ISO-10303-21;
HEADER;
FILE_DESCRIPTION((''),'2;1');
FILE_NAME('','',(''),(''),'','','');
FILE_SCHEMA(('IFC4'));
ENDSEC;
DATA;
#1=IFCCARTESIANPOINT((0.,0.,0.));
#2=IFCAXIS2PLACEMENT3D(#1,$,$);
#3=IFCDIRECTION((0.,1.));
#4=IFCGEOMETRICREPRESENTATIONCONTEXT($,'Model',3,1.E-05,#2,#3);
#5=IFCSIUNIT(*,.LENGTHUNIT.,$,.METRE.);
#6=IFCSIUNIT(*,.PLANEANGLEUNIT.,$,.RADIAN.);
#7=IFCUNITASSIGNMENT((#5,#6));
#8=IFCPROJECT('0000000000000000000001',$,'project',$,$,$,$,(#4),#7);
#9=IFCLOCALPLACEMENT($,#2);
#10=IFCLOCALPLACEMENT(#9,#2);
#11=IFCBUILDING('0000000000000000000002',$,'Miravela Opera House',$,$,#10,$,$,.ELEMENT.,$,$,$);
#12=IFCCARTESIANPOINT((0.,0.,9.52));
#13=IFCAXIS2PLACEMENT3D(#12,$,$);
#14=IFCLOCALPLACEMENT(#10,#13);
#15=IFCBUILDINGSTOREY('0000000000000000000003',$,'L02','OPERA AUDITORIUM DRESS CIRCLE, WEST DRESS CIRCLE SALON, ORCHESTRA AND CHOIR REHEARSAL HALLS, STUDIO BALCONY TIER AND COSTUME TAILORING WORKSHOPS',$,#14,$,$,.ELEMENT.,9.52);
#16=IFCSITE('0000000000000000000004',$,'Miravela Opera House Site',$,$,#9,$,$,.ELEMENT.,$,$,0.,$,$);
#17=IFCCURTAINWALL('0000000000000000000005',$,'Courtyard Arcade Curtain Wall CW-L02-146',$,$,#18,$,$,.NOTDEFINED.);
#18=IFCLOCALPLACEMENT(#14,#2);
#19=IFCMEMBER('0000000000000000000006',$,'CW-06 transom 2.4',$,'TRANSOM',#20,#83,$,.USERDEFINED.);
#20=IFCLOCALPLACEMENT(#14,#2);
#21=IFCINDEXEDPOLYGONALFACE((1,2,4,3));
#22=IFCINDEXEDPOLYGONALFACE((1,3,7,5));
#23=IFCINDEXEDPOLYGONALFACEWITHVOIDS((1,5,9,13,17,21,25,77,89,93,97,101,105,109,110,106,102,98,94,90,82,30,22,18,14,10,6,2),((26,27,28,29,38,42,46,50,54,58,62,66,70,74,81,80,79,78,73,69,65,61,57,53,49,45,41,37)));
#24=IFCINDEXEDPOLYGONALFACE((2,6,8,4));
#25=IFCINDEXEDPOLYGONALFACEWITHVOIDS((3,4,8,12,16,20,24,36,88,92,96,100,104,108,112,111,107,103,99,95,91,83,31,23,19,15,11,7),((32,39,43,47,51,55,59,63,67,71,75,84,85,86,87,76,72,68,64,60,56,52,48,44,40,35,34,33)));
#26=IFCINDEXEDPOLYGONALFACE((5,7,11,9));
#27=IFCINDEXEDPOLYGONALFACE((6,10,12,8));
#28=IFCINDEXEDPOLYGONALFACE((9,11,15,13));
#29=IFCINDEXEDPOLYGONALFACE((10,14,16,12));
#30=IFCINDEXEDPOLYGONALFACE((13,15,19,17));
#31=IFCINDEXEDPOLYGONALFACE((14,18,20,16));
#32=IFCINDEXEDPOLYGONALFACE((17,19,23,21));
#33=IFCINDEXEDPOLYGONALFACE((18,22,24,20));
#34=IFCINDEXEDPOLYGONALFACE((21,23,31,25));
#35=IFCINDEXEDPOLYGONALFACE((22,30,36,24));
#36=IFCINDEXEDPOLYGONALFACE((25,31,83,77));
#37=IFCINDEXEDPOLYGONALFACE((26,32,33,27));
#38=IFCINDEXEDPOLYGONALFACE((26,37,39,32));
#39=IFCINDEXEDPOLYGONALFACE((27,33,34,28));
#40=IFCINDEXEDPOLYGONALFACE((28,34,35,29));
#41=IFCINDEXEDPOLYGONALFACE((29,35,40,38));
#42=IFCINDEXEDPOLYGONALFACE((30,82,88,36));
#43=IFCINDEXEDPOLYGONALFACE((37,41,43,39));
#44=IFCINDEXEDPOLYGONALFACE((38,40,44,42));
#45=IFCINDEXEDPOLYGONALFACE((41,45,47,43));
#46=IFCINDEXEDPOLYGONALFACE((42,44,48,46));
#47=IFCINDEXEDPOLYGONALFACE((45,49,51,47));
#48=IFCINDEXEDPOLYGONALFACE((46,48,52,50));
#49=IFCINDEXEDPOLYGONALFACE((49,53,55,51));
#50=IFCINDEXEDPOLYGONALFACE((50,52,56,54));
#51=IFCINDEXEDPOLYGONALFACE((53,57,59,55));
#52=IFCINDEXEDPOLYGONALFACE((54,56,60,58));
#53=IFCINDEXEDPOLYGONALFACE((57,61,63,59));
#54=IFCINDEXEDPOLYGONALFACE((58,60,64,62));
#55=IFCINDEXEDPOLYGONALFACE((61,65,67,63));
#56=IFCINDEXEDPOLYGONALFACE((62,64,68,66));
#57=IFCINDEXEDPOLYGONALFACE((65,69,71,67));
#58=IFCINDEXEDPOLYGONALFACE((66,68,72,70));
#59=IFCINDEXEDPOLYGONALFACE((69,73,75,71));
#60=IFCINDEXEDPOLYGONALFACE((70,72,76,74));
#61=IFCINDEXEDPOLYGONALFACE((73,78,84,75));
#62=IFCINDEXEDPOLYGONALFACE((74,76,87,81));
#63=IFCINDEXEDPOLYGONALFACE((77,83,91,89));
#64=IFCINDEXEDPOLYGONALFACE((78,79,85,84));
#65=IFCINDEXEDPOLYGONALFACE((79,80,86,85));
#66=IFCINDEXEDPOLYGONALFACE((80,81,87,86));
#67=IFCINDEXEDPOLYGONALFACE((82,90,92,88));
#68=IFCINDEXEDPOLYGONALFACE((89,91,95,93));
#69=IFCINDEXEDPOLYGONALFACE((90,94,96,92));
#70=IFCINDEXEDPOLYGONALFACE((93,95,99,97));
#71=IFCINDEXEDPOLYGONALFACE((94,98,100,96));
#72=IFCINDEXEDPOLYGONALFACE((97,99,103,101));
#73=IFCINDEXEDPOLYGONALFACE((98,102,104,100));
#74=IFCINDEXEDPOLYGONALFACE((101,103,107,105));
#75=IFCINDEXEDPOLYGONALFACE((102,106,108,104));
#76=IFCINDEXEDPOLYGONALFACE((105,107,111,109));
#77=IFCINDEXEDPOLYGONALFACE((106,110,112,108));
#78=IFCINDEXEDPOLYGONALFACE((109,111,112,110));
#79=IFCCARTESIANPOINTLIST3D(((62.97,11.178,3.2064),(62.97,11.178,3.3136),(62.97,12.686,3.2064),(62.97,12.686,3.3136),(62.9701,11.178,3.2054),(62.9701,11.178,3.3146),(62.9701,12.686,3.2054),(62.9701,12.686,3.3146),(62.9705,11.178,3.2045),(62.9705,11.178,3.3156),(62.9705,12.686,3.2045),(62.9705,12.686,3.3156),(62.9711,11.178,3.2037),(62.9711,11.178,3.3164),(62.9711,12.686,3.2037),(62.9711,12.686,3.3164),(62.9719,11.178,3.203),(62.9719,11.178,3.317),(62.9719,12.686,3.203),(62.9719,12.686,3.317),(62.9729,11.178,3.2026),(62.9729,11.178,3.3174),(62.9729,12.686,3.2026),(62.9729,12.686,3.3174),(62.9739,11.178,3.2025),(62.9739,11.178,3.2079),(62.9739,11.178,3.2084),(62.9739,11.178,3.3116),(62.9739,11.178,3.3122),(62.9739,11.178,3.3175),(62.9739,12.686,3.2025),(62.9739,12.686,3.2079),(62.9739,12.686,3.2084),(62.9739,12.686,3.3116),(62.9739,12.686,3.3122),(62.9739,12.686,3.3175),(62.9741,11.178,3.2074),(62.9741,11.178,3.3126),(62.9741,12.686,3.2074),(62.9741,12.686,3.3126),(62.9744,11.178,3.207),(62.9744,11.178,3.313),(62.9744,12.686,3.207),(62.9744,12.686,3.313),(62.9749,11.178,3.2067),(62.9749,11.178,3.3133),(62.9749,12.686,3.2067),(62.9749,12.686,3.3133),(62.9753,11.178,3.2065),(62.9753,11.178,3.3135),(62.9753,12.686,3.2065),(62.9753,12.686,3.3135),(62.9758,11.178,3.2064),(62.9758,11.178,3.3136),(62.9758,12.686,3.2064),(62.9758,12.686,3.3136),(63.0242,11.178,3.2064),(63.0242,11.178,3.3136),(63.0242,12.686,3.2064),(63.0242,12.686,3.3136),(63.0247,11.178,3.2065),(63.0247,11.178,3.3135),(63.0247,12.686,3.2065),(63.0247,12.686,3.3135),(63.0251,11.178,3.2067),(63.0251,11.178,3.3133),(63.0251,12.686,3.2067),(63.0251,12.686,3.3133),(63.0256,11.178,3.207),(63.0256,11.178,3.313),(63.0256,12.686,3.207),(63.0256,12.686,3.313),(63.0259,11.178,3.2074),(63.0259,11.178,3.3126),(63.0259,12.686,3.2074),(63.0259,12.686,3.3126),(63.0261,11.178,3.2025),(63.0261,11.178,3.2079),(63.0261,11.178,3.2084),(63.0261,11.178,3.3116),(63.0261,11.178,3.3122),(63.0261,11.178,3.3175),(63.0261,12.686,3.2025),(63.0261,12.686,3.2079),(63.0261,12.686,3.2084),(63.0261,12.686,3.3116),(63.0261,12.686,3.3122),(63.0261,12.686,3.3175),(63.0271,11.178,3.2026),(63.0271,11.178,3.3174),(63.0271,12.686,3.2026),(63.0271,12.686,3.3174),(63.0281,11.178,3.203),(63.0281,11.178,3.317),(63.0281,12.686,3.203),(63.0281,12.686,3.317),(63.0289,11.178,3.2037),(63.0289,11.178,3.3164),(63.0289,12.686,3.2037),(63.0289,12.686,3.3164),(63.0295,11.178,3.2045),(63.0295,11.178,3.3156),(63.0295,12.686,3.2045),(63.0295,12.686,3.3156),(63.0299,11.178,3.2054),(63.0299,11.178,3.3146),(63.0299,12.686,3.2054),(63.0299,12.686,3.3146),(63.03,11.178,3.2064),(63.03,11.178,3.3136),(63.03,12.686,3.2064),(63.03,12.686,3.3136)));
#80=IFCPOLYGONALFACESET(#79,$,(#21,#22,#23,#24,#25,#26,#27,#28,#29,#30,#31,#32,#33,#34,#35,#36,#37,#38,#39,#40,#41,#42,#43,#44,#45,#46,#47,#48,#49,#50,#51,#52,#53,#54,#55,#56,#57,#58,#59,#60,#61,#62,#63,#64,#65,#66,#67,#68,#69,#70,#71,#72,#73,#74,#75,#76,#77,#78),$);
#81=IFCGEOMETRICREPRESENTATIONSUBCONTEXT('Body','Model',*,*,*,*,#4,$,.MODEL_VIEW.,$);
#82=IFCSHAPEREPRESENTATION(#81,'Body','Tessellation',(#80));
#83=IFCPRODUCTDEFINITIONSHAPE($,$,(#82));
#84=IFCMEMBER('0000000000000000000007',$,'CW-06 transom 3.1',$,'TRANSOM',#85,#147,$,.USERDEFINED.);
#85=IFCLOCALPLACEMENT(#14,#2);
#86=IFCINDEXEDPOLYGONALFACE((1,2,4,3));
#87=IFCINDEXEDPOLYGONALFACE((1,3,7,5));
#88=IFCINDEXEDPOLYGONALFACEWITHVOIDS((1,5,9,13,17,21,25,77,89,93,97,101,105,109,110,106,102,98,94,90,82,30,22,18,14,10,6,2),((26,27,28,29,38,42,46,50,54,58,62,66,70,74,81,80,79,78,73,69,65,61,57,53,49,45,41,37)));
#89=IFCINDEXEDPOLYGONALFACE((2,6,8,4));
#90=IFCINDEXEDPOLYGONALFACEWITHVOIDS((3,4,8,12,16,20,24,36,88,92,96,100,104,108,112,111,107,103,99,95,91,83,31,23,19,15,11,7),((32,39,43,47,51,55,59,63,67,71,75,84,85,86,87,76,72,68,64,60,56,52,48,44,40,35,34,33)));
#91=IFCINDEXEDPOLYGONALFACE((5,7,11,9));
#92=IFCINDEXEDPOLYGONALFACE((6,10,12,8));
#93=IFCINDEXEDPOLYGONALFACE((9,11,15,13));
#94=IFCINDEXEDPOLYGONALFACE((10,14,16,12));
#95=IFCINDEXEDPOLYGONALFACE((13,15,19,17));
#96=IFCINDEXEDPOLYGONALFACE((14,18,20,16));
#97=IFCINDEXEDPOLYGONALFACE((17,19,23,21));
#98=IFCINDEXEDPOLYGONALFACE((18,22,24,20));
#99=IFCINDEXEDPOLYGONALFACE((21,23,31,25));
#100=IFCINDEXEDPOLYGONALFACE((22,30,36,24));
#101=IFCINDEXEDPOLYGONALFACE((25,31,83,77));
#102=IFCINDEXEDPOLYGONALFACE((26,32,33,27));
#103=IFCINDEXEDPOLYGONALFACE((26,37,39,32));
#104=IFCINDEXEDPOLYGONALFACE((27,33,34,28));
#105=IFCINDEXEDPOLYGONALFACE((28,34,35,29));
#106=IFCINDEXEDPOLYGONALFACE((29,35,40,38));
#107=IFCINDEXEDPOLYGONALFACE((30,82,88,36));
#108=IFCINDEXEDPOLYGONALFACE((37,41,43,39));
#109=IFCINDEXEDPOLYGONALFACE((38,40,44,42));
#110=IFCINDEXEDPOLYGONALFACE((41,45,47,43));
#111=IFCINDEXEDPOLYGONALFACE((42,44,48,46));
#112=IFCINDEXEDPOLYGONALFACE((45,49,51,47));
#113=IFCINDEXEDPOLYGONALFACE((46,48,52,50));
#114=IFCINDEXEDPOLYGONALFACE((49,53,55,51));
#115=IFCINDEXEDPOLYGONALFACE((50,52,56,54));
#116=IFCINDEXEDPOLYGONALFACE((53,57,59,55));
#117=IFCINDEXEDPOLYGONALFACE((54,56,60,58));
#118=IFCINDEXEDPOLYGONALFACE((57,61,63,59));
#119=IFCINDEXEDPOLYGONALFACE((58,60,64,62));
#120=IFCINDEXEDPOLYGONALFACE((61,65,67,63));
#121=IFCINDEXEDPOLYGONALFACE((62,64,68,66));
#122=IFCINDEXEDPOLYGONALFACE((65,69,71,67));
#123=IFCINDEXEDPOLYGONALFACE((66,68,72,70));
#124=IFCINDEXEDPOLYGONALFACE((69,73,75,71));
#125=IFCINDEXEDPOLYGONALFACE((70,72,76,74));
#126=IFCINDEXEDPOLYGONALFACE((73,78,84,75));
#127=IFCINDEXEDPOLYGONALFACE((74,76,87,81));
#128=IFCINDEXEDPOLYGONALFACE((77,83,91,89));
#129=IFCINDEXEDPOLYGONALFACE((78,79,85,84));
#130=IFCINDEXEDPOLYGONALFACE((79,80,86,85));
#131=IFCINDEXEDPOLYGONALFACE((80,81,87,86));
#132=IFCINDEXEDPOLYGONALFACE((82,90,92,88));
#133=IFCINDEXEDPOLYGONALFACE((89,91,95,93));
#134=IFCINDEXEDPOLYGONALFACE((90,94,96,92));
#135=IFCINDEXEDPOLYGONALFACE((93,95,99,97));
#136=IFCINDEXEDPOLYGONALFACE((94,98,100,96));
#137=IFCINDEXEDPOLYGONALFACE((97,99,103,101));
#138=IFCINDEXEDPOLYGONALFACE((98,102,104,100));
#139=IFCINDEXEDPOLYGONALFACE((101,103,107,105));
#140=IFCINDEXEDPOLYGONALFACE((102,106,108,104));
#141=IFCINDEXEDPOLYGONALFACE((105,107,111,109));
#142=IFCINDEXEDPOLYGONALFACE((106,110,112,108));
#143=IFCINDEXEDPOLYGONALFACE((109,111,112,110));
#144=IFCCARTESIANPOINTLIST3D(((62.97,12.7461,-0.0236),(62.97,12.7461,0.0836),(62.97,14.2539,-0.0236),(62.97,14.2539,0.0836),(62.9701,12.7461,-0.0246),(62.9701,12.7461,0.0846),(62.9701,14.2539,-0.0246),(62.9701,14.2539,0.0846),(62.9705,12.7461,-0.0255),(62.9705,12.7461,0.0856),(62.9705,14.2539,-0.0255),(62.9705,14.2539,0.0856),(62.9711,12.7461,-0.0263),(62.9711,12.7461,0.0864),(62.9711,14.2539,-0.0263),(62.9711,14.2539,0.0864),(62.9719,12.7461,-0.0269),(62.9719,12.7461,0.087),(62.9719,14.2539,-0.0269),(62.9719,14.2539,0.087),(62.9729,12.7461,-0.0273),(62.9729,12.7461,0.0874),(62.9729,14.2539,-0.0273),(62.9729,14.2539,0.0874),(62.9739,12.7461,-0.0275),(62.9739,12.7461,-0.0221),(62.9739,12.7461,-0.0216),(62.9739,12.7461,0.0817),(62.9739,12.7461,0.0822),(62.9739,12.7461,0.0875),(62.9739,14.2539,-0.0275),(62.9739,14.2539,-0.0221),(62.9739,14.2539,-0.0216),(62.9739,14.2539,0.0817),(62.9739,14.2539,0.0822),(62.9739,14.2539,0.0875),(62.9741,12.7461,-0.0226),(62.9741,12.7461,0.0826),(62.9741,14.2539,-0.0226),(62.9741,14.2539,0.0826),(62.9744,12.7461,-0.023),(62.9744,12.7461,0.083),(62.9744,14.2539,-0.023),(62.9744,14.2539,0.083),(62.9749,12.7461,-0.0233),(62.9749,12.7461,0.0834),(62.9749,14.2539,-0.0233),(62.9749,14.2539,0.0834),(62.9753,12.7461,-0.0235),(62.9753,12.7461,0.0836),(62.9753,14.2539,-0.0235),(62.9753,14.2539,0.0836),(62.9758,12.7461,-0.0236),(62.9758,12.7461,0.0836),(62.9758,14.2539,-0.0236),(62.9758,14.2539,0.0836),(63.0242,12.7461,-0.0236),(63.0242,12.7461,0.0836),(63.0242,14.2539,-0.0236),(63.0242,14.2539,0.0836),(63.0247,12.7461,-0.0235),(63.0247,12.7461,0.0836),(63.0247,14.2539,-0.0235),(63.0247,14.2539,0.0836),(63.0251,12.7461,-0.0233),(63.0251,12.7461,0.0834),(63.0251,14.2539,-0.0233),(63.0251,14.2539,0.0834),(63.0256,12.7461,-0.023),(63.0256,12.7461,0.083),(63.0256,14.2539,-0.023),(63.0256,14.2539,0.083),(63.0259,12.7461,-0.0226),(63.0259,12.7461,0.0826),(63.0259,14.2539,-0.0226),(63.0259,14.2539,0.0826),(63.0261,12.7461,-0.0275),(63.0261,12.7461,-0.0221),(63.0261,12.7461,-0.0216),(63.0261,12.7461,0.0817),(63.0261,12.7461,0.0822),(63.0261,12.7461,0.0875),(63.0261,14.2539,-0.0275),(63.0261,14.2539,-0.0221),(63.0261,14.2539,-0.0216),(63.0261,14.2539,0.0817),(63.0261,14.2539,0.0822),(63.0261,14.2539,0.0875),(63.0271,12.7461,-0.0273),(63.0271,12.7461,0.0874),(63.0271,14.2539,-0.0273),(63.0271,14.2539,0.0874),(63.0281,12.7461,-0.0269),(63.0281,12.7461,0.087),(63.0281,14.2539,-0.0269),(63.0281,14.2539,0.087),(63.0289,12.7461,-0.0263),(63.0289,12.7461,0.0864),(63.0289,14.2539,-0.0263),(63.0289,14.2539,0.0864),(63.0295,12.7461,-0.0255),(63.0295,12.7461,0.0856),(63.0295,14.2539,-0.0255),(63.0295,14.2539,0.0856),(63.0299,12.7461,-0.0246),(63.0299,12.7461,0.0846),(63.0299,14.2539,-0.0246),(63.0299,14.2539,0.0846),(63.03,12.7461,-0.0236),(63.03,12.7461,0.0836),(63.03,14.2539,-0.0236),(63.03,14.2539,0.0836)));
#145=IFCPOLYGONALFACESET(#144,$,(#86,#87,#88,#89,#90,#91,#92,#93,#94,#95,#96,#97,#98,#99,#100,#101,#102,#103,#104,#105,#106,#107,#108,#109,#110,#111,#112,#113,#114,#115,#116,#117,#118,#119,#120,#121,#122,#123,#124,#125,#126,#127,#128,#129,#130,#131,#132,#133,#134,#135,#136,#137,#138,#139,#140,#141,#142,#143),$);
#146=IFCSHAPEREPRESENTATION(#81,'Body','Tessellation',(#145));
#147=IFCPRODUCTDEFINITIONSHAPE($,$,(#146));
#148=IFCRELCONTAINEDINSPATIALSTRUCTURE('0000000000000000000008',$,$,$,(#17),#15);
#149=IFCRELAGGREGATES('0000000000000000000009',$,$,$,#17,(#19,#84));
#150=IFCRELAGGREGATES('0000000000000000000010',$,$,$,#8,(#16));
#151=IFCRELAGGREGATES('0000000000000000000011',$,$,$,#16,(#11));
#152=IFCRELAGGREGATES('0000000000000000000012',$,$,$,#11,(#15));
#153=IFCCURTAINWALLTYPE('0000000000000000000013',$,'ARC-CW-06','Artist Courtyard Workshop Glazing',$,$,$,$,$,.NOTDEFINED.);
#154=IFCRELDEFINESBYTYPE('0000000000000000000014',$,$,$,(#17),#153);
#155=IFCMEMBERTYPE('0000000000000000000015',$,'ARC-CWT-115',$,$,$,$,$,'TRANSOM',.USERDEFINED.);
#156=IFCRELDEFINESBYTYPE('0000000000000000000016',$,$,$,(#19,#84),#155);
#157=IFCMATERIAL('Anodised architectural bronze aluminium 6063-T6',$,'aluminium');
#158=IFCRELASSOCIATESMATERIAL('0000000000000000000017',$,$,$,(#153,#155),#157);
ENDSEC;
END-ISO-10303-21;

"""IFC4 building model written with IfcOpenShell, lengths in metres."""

from ifc_helpers import new_model, si_unit, direction, frame, origin, origin_2d, place, context, subcontext, project, spatial, hollow_rectangle, extrude, material, material_profile, profile_set, type_object, element, aggregate, save


model = new_model("IFC4")

# Units and contexts
model_context = context("Model", 3, precision=1e-05, world=origin(), true_north=direction((0.0, 1.0)))
body_context = subcontext(model_context, "Body", "Model", "MODEL_VIEW")
ifc_project = project(units=[si_unit("LENGTHUNIT", "METRE"), si_unit("PLANEANGLEUNIT", "RADIAN")], contexts=[model_context])

# Site, building, storey
site_placement = place(None, origin())
site = spatial("IfcSite", under=ifc_project, at=site_placement, Name="Miravela Opera House Site", CompositionType="ELEMENT", RefElevation=0.0)
building_placement = place(site_placement, origin())
building = spatial("IfcBuilding", under=site, at=building_placement, Name="Miravela Opera House", CompositionType="ELEMENT")
storey_placement = place(building_placement, frame((0.0, 0.0, 9.52)))
storey = spatial("IfcBuildingStorey", under=building, at=storey_placement, Name="L02", Description="OPERA AUDITORIUM DRESS CIRCLE, WEST DRESS CIRCLE SALON, ORCHESTRA AND CHOIR REHEARSAL HALLS, STUDIO BALCONY TIER AND COSTUME TAILORING WORKSHOPS", CompositionType="ELEMENT", Elevation=9.52)

# Curtain wall, members
ifc_material_1 = material(Name="Anodised architectural bronze aluminium 6063-T6", Category="aluminium")
curtain_wall_type = type_object("IfcCurtainWallType", Name="ARC-CW-06", Description="Artist Courtyard Workshop Glazing", PredefinedType="NOTDEFINED", material=ifc_material_1)
curtain_wall_placement = place(storey_placement, origin())
curtain_wall = element("IfcCurtainWall", 1, at=curtain_wall_placement, inside=storey, type_object=curtain_wall_type, Name="Courtyard Arcade Curtain Wall CW-L02-146", PredefinedType="NOTDEFINED")
ifc_material_profile_1 = material_profile(ifc_material_1, hollow_rectangle(XDim=0.0601, YDim=0.115, WallThickness=0.0039, InnerFilletRadius=0.002, OuterFilletRadius=0.0039, at=origin_2d()), Name="CWT-60X115")
ifc_profile_set_1 = profile_set([ifc_material_profile_1])
member_type_1 = type_object("IfcMemberType", Name="ARC-CWT-115", ElementType="TRANSOM", PredefinedType="USERDEFINED", material=ifc_profile_set_1)
member_1_placement = place(storey_placement, frame((63.0, 11.178, 3.26), z_axis=(0.0, 1.0, 0.0), x_axis=(-1.0, 0.0, 0.0)))
member_1 = element("IfcMember", 2, at=member_1_placement, type_object=member_type_1, Name="CW-06 transom 2.4", ObjectType="TRANSOM", PredefinedType="USERDEFINED", context=body_context, shape_type="SweptSolid", body=[
    extrude(hollow_rectangle(XDim=0.0601, YDim=0.115, WallThickness=0.0039, InnerFilletRadius=0.002, OuterFilletRadius=0.0039, at=origin_2d()), origin(), (0.0, 0.0, 1.0), 1.5081),
])
member_2_placement = place(storey_placement, frame((63.0, 12.7461, 0.03), z_axis=(0.0, 1.0, 0.0), x_axis=(-1.0, 0.0, 0.0)))
member_2 = element("IfcMember", 3, at=member_2_placement, type_object=member_type_1, Name="CW-06 transom 3.1", ObjectType="TRANSOM", PredefinedType="USERDEFINED", context=body_context, shape_type="SweptSolid", body=[
    extrude(hollow_rectangle(XDim=0.0601, YDim=0.115, WallThickness=0.0039, InnerFilletRadius=0.002, OuterFilletRadius=0.0039, at=origin_2d()), origin(), (0.0, 0.0, 1.0), 1.5078),
])

aggregate(curtain_wall, [member_1, member_2])

save(model, "model.ifc")
